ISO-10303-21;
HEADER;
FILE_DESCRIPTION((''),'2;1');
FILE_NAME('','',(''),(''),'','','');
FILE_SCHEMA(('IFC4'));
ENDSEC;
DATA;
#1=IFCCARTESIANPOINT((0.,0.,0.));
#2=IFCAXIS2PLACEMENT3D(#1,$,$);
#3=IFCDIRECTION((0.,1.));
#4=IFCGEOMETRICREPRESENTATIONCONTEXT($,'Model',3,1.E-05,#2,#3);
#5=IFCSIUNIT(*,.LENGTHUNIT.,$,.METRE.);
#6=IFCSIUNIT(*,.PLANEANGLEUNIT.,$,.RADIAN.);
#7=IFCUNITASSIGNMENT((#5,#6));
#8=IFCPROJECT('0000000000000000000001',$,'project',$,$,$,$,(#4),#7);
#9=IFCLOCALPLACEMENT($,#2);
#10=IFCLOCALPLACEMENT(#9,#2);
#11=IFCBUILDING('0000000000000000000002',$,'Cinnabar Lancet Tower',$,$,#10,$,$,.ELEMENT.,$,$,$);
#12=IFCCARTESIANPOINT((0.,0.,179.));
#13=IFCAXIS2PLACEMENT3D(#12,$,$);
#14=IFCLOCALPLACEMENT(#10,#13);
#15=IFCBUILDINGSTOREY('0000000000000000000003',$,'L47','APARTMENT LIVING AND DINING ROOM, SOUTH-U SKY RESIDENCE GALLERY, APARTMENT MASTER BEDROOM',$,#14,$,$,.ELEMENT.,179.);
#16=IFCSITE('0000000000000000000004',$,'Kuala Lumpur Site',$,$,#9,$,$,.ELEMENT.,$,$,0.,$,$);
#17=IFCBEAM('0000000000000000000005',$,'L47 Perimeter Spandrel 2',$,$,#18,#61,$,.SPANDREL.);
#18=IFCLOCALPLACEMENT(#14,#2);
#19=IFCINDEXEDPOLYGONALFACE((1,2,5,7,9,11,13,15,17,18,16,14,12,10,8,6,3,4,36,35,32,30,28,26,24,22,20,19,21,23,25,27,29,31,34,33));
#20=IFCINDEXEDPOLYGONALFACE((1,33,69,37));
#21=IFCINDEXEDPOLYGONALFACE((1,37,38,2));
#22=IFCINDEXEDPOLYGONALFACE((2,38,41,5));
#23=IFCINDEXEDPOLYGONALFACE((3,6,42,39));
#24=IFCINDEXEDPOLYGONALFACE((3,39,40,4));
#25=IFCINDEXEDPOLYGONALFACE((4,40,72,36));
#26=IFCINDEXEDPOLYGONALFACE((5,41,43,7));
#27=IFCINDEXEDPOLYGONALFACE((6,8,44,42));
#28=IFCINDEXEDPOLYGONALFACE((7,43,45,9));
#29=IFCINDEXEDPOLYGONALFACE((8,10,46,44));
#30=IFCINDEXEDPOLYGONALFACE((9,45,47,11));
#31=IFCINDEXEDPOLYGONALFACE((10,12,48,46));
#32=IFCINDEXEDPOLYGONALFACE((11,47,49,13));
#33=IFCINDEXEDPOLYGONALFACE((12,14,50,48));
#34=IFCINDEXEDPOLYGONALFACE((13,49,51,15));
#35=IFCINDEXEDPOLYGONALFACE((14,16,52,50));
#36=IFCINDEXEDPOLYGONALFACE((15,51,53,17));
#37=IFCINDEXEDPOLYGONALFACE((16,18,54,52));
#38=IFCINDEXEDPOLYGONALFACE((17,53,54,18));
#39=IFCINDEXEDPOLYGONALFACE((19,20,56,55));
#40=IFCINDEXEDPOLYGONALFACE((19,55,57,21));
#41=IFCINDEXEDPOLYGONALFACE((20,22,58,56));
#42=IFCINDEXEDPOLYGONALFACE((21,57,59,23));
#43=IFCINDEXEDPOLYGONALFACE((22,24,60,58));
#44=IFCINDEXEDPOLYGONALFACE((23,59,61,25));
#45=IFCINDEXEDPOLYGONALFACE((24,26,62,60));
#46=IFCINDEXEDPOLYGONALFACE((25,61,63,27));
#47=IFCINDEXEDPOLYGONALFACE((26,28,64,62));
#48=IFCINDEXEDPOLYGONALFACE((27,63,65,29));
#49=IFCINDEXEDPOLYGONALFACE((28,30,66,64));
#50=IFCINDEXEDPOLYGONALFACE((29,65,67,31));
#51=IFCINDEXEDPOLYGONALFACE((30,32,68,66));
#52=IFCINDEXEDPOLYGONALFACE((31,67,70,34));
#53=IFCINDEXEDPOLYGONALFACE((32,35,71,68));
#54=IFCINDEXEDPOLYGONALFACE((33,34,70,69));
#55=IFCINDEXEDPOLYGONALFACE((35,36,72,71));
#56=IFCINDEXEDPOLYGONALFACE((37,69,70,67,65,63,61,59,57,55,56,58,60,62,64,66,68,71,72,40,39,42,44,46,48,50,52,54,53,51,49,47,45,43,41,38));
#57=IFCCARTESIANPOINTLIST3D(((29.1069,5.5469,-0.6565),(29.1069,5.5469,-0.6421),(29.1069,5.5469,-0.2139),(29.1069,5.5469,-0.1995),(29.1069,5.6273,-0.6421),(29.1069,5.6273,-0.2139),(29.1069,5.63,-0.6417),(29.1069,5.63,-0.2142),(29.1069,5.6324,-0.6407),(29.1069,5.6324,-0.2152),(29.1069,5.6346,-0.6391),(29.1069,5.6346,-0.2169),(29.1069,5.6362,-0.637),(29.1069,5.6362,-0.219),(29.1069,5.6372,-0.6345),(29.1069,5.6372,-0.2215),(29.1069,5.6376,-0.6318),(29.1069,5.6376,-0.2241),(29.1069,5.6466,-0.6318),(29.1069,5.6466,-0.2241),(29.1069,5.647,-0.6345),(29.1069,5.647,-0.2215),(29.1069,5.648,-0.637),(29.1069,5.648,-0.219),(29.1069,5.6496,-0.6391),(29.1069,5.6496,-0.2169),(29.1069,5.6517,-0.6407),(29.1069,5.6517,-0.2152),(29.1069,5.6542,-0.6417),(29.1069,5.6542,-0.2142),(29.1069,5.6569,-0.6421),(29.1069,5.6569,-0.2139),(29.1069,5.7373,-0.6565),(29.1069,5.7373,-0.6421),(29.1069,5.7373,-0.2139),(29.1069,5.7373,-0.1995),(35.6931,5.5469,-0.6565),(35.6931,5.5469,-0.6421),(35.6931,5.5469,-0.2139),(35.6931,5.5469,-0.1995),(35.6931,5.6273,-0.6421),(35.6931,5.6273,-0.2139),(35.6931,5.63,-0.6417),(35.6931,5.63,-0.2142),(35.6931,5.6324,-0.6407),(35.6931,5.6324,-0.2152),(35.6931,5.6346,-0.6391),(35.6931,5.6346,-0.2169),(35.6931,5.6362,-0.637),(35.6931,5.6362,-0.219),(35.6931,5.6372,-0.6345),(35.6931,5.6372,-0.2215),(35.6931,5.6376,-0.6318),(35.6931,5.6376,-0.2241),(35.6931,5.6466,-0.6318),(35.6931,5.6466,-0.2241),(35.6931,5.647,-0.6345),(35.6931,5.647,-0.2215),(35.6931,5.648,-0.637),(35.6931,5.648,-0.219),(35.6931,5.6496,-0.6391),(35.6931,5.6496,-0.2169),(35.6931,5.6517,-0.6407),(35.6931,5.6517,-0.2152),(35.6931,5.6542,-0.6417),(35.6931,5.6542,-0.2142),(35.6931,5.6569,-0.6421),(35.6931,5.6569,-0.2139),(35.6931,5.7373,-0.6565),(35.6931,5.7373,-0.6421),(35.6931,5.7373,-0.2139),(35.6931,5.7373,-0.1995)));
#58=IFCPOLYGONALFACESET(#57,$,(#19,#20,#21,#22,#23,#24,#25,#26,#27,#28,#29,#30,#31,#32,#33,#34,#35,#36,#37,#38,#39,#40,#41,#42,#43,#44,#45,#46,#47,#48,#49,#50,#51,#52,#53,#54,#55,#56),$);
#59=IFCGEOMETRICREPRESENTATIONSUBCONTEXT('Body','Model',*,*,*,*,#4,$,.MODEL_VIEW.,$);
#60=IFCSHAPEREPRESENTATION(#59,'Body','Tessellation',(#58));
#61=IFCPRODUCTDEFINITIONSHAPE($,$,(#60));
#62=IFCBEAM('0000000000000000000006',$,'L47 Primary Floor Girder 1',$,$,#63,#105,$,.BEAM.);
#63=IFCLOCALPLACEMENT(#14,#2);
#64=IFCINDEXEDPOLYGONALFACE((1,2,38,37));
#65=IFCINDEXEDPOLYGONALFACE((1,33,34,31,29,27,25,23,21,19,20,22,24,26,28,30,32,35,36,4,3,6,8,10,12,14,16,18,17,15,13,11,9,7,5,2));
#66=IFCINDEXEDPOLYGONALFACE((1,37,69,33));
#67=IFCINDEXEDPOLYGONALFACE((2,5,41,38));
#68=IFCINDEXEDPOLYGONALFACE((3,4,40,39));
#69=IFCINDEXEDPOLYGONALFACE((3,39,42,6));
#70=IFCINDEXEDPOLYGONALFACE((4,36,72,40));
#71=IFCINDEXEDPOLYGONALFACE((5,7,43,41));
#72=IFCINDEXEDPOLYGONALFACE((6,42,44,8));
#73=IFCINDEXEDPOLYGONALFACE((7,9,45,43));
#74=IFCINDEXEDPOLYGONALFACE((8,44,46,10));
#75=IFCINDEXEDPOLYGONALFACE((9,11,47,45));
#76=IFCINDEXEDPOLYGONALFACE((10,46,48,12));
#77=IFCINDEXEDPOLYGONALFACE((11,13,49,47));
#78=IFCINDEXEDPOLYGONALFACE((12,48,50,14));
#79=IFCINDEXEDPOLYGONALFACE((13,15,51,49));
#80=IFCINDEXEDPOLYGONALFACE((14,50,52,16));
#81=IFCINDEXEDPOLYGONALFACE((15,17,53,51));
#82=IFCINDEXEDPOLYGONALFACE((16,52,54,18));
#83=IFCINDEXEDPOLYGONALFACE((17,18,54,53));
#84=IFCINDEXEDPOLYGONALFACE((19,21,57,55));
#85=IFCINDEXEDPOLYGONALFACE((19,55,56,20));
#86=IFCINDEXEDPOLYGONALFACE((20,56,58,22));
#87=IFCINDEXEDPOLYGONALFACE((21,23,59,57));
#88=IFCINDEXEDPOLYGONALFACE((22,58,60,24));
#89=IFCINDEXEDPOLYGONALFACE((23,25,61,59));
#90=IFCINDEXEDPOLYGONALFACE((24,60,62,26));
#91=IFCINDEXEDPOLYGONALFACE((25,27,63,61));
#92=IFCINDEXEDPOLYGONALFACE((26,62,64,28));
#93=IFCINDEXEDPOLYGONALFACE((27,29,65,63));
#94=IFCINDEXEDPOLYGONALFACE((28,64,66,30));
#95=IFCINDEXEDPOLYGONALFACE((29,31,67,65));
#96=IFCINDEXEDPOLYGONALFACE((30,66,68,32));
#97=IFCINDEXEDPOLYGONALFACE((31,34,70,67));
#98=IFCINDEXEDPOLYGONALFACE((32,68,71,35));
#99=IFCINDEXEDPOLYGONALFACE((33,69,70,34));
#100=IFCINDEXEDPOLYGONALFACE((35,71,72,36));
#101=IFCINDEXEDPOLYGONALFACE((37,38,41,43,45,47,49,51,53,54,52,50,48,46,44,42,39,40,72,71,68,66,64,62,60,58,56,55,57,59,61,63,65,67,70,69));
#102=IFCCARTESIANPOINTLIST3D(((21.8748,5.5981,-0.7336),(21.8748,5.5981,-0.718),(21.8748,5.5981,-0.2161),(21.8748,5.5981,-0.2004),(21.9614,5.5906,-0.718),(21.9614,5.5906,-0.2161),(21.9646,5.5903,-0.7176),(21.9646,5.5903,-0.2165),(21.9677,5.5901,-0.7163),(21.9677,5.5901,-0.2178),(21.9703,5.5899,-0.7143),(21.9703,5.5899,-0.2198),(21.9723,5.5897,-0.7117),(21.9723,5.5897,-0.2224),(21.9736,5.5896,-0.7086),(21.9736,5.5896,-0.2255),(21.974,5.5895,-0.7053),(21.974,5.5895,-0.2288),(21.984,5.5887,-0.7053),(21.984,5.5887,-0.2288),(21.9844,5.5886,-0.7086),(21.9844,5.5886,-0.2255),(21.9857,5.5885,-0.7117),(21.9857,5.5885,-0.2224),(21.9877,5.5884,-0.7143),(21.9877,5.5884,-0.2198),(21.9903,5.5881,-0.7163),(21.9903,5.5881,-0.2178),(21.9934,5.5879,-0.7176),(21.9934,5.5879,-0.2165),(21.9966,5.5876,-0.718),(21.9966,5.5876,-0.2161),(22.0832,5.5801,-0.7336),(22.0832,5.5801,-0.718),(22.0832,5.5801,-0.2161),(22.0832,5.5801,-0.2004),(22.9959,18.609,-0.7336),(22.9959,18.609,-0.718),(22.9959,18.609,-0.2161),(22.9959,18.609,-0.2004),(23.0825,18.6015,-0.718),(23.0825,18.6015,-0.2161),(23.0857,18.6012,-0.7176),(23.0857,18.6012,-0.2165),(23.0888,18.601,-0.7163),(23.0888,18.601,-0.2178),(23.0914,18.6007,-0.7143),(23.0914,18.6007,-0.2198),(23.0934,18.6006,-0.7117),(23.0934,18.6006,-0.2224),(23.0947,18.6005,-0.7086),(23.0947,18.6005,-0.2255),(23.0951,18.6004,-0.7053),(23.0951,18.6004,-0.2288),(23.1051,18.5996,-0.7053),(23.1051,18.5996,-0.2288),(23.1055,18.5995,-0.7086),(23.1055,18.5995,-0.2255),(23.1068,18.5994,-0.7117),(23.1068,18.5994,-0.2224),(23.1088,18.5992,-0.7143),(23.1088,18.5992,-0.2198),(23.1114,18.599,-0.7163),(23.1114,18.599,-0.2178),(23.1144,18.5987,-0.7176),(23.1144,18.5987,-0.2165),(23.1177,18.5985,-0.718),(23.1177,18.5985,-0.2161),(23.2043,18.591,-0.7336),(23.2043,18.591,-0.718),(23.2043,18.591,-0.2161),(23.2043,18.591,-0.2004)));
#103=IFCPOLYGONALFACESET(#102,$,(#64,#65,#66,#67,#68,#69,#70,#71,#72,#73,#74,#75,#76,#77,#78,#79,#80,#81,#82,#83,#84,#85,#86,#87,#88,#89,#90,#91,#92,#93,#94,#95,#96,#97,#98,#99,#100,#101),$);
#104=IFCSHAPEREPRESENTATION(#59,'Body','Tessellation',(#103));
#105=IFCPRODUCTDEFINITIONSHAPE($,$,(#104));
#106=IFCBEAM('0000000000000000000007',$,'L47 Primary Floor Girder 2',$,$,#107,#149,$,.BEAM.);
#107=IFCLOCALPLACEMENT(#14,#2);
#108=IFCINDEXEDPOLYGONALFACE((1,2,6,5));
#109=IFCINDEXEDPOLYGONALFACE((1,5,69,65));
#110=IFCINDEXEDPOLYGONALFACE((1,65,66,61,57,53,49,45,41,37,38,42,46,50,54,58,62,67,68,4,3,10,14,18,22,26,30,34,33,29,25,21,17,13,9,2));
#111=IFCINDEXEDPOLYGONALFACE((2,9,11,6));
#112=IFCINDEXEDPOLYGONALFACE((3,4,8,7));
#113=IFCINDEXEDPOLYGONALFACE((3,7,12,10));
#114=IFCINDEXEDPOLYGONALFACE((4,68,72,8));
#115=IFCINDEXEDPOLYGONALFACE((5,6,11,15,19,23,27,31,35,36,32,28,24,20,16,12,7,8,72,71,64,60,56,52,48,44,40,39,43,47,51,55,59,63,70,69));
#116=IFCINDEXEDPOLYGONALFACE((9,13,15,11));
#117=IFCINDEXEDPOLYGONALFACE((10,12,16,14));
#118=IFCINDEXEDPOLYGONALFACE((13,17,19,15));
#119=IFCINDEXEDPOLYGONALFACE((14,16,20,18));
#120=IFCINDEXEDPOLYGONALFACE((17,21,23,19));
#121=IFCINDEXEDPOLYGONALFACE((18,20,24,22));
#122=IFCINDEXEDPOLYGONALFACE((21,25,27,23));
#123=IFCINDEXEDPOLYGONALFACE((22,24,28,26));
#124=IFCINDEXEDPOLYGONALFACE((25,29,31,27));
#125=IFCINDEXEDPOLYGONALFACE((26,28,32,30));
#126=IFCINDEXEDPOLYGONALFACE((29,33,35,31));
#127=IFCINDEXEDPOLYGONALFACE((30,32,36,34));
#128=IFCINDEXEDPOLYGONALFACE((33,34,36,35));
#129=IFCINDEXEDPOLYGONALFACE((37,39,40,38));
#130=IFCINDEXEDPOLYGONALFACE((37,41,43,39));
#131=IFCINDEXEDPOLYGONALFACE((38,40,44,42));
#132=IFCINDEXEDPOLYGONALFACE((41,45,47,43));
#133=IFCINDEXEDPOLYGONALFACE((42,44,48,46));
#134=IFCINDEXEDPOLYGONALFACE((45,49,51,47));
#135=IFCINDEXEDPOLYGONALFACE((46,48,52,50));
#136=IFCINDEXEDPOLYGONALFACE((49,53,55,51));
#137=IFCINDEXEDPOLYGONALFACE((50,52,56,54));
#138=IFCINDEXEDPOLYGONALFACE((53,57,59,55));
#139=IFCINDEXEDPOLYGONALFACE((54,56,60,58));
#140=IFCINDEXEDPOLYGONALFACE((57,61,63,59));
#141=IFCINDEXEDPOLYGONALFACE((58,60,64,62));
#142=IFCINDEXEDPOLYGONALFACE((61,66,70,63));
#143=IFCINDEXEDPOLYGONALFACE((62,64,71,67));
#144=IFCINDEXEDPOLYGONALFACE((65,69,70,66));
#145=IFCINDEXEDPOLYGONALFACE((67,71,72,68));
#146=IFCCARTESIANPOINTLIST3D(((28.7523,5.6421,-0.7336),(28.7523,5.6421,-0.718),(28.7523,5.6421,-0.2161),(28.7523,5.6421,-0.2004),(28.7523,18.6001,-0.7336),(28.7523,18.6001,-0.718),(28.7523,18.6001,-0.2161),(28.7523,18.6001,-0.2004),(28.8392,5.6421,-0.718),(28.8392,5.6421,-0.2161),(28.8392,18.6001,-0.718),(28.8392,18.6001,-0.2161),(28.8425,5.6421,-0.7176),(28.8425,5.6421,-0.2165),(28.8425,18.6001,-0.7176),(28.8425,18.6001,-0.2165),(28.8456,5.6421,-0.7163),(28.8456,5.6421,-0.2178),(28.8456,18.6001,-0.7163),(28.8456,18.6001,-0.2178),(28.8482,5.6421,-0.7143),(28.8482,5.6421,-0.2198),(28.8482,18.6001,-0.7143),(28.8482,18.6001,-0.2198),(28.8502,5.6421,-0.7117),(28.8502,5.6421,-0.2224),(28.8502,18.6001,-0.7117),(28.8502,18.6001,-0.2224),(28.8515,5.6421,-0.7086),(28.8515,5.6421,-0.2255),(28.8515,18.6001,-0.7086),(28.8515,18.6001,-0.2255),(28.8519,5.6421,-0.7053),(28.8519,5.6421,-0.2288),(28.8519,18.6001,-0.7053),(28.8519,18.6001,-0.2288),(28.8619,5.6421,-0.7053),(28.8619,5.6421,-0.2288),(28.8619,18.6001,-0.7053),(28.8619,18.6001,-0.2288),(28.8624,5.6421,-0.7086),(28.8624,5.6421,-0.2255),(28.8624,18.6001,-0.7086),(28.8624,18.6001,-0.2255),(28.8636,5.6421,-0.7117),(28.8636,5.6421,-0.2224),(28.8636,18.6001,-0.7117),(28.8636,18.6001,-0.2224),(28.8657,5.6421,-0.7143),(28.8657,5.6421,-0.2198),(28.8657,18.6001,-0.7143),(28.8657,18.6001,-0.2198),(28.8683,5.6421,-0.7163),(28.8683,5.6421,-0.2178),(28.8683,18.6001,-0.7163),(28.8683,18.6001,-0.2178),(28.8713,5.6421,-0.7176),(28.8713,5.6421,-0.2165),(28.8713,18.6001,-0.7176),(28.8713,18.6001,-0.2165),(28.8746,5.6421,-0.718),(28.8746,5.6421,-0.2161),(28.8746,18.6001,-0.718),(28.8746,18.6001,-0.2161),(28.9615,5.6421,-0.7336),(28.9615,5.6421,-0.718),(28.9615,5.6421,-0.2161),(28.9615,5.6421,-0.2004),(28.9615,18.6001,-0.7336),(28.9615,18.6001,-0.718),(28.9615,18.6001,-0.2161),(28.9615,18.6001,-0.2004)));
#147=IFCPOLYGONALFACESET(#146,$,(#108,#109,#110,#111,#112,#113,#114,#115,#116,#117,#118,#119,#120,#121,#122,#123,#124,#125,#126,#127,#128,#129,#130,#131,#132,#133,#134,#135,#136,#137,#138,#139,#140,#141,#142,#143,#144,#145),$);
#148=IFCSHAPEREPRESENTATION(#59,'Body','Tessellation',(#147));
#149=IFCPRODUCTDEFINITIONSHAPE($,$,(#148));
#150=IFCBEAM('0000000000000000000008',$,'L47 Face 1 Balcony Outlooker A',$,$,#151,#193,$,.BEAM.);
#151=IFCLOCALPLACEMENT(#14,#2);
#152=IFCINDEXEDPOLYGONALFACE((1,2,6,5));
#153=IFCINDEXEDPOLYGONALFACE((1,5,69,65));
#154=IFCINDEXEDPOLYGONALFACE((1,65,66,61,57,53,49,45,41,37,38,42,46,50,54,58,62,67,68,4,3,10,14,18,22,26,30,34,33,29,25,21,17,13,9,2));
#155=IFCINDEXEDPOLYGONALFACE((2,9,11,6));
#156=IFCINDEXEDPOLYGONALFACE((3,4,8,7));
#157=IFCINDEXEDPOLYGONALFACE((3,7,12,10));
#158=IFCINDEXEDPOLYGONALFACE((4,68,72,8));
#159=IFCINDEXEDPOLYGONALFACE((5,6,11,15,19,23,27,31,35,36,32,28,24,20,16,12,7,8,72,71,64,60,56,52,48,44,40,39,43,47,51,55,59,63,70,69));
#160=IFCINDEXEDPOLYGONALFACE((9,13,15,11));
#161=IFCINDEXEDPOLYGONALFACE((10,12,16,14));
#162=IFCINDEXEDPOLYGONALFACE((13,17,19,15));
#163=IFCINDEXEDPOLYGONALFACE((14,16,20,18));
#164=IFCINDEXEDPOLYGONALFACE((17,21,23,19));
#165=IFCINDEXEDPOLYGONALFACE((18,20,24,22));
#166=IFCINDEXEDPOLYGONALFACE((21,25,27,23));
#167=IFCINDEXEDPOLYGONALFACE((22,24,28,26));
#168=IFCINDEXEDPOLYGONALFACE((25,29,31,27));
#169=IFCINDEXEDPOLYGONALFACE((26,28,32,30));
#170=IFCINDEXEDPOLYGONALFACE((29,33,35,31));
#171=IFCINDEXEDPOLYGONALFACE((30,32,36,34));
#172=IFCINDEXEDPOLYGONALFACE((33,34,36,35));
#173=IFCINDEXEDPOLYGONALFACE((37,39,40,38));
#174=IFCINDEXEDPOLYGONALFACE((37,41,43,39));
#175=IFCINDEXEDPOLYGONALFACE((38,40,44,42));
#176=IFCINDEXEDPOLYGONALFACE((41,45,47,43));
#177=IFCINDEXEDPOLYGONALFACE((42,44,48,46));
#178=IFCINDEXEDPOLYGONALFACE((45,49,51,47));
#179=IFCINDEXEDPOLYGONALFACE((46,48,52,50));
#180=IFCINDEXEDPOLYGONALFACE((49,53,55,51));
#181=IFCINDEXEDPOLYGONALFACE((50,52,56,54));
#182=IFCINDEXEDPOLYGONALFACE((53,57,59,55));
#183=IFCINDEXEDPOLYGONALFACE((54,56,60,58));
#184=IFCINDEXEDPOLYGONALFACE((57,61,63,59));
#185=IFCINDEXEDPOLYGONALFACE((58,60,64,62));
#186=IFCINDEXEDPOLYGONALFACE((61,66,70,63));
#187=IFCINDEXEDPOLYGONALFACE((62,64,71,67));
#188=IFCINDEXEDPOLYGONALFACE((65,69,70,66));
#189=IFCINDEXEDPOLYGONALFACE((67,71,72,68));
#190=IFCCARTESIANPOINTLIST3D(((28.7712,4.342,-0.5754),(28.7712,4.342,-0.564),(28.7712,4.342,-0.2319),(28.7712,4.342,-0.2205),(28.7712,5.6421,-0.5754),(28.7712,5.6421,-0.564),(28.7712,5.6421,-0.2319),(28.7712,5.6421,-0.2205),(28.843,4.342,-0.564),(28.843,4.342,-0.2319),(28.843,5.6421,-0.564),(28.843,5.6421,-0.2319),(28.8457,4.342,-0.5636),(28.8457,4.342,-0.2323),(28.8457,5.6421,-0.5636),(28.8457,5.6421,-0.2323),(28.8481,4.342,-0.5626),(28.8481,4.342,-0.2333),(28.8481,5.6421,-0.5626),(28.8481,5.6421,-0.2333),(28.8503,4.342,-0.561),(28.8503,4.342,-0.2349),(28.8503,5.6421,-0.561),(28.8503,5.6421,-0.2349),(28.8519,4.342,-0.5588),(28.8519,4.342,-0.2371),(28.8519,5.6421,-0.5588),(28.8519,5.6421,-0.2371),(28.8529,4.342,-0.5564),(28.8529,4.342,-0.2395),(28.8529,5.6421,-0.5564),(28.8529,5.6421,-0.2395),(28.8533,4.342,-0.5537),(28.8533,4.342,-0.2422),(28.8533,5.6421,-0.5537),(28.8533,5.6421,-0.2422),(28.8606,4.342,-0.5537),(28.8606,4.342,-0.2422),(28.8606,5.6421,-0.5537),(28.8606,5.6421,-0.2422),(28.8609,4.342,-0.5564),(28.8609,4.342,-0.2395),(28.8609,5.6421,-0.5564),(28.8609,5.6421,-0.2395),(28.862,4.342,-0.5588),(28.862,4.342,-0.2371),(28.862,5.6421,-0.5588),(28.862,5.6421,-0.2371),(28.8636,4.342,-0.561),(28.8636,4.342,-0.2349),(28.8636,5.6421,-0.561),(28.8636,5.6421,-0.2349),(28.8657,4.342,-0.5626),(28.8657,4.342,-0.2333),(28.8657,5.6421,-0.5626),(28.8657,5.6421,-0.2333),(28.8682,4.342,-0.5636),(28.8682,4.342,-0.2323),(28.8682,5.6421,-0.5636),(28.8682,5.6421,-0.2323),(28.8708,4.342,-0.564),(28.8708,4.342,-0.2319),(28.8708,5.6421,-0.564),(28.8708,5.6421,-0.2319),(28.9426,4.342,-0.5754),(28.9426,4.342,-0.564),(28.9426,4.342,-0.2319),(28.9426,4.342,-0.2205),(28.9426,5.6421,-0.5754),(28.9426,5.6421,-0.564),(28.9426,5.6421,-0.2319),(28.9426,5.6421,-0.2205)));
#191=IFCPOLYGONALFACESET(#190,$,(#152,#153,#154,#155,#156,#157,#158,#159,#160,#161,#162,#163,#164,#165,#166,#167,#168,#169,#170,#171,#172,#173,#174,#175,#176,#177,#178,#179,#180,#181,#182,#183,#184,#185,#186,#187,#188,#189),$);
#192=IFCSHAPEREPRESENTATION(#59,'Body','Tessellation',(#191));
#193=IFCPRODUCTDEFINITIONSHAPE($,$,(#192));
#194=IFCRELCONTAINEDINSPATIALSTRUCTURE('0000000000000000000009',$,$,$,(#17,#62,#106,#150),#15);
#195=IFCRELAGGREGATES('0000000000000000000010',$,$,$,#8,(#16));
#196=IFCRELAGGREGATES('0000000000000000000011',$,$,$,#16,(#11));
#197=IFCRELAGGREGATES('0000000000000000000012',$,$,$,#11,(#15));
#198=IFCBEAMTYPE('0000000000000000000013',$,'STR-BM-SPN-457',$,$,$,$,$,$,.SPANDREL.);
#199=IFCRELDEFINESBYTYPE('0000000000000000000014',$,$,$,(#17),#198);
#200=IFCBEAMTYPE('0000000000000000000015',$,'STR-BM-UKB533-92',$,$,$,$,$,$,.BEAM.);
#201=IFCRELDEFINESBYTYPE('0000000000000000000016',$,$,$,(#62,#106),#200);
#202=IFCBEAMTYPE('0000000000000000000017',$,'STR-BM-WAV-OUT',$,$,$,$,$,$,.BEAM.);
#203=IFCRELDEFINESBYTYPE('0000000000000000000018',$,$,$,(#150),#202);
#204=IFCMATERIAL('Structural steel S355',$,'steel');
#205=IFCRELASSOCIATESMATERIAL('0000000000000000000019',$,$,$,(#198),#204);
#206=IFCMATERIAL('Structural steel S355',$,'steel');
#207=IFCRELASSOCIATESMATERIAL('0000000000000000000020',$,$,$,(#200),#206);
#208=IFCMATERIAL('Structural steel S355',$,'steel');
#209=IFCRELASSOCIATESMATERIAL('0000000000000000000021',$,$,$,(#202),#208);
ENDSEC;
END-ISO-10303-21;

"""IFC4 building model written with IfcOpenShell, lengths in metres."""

from ifc_helpers import new_model, si_unit, direction, frame, origin, origin_2d, place, context, subcontext, project, spatial, i_section, extrude, material, material_profile, profile_set, type_object, element, save


model = new_model("IFC4")

# Units and contexts
model_context = context("Model", 3, precision=1e-05, world=origin(), true_north=direction((0.0, 1.0)))
body_context = subcontext(model_context, "Body", "Model", "MODEL_VIEW")
ifc_project = project(units=[si_unit("LENGTHUNIT", "METRE"), si_unit("PLANEANGLEUNIT", "RADIAN")], contexts=[model_context])

# Site, building, storey
site_placement = place(None, origin())
site = spatial("IfcSite", under=ifc_project, at=site_placement, Name="Kuala Lumpur Site", CompositionType="ELEMENT", RefElevation=0.0)
building_placement = place(site_placement, origin())
building = spatial("IfcBuilding", under=site, at=building_placement, Name="Cinnabar Lancet Tower", CompositionType="ELEMENT")
storey_placement = place(building_placement, frame((0.0, 0.0, 179.0)))
storey = spatial("IfcBuildingStorey", under=building, at=storey_placement, Name="L47", Description="APARTMENT LIVING AND DINING ROOM, SOUTH-U SKY RESIDENCE GALLERY, APARTMENT MASTER BEDROOM", CompositionType="ELEMENT", Elevation=179.0)

# Beams
ifc_material_1 = material(Name="Structural steel S355", Category="steel")
ifc_material_profile_1 = material_profile(ifc_material_1, i_section(OverallWidth=0.1904, OverallDepth=0.457, WebThickness=0.009, FlangeThickness=0.0144, FilletRadius=0.0103, at=origin_2d()), Name="UKB 457x191x74")
ifc_profile_set_1 = profile_set([ifc_material_profile_1], Name="Structural steel S355")
beam_type_1 = type_object("IfcBeamType", Name="STR-BM-SPN-457", PredefinedType="SPANDREL", material=ifc_profile_set_1)
beam_1_placement = place(storey_placement, frame((29.1069, 5.6421, -0.428), z_axis=(1.0, 0.0, 0.0), x_axis=(0.0, 1.0, 0.0)))
element("IfcBeam", 1, at=beam_1_placement, inside=storey, type_object=beam_type_1, Name="L47 Perimeter Spandrel 2", PredefinedType="SPANDREL", context=body_context, shape_type="SweptSolid", body=[
    extrude(i_section(OverallWidth=0.1904, OverallDepth=0.457, WebThickness=0.009, FlangeThickness=0.0144, FilletRadius=0.0103, at=origin_2d()), origin(), (0.0, 0.0, 1.0), 6.5862),
])
ifc_material_2 = material(Name="Structural steel S355", Category="steel")
ifc_material_profile_2 = material_profile(ifc_material_2, i_section(OverallWidth=0.2092, OverallDepth=0.5332, WebThickness=0.01, FlangeThickness=0.0156, FilletRadius=0.0127, at=origin_2d()), Name="UKB 533x210x92")
ifc_profile_set_2 = profile_set([ifc_material_profile_2], Name="Structural steel S355")
beam_type_2 = type_object("IfcBeamType", Name="STR-BM-UKB533-92", PredefinedType="BEAM", material=ifc_profile_set_2)
beam_2_placement = place(storey_placement, frame((21.979, 5.5891, -0.467), z_axis=(0.085847, 0.996308, 0.0), x_axis=(-0.996308, 0.085847, 0.0)))
element("IfcBeam", 2, at=beam_2_placement, inside=storey, type_object=beam_type_2, Name="L47 Primary Floor Girder 1", PredefinedType="BEAM", context=body_context, shape_type="SweptSolid", body=[
    extrude(i_section(OverallWidth=0.2092, OverallDepth=0.5332, WebThickness=0.01, FlangeThickness=0.0156, FilletRadius=0.0127, at=origin_2d()), origin(), (0.0, 0.0, 1.0), 13.0591),
])
beam_3_placement = place(storey_placement, frame((28.8569, 5.6421, -0.467), z_axis=(0.0, 1.0, 0.0), x_axis=(-1.0, 0.0, 0.0)))
element("IfcBeam", 3, at=beam_3_placement, inside=storey, type_object=beam_type_2, Name="L47 Primary Floor Girder 2", PredefinedType="BEAM", context=body_context, shape_type="SweptSolid", body=[
    extrude(i_section(OverallWidth=0.2092, OverallDepth=0.5332, WebThickness=0.01, FlangeThickness=0.0156, FilletRadius=0.0127, at=origin_2d()), origin(), (0.0, 0.0, 1.0), 12.958),
])
ifc_material_3 = material(Name="Structural steel S355", Category="steel")
ifc_material_profile_3 = material_profile(ifc_material_3, i_section(OverallWidth=0.1714, OverallDepth=0.355, WebThickness=0.0073, FlangeThickness=0.0115, FilletRadius=0.0103, at=origin_2d()), Name="UKB 356x171x51")
ifc_profile_set_3 = profile_set([ifc_material_profile_3], Name="Structural steel S355")
beam_type_3 = type_object("IfcBeamType", Name="STR-BM-WAV-OUT", PredefinedType="BEAM", material=ifc_profile_set_3)
beam_4_placement = place(storey_placement, frame((28.8569, 5.6421, -0.3979), z_axis=(0.0, -1.0, 0.0), x_axis=(1.0, 0.0, 0.0)))
element("IfcBeam", 4, at=beam_4_placement, inside=storey, type_object=beam_type_3, Name="L47 Face 1 Balcony Outlooker A", PredefinedType="BEAM", context=body_context, shape_type="SweptSolid", body=[
    extrude(i_section(OverallWidth=0.1714, OverallDepth=0.355, WebThickness=0.0073, FlangeThickness=0.0115, FilletRadius=0.0103, at=origin_2d()), origin(), (0.0, 0.0, 1.0), 1.3),
])

save(model, "model.ifc")
